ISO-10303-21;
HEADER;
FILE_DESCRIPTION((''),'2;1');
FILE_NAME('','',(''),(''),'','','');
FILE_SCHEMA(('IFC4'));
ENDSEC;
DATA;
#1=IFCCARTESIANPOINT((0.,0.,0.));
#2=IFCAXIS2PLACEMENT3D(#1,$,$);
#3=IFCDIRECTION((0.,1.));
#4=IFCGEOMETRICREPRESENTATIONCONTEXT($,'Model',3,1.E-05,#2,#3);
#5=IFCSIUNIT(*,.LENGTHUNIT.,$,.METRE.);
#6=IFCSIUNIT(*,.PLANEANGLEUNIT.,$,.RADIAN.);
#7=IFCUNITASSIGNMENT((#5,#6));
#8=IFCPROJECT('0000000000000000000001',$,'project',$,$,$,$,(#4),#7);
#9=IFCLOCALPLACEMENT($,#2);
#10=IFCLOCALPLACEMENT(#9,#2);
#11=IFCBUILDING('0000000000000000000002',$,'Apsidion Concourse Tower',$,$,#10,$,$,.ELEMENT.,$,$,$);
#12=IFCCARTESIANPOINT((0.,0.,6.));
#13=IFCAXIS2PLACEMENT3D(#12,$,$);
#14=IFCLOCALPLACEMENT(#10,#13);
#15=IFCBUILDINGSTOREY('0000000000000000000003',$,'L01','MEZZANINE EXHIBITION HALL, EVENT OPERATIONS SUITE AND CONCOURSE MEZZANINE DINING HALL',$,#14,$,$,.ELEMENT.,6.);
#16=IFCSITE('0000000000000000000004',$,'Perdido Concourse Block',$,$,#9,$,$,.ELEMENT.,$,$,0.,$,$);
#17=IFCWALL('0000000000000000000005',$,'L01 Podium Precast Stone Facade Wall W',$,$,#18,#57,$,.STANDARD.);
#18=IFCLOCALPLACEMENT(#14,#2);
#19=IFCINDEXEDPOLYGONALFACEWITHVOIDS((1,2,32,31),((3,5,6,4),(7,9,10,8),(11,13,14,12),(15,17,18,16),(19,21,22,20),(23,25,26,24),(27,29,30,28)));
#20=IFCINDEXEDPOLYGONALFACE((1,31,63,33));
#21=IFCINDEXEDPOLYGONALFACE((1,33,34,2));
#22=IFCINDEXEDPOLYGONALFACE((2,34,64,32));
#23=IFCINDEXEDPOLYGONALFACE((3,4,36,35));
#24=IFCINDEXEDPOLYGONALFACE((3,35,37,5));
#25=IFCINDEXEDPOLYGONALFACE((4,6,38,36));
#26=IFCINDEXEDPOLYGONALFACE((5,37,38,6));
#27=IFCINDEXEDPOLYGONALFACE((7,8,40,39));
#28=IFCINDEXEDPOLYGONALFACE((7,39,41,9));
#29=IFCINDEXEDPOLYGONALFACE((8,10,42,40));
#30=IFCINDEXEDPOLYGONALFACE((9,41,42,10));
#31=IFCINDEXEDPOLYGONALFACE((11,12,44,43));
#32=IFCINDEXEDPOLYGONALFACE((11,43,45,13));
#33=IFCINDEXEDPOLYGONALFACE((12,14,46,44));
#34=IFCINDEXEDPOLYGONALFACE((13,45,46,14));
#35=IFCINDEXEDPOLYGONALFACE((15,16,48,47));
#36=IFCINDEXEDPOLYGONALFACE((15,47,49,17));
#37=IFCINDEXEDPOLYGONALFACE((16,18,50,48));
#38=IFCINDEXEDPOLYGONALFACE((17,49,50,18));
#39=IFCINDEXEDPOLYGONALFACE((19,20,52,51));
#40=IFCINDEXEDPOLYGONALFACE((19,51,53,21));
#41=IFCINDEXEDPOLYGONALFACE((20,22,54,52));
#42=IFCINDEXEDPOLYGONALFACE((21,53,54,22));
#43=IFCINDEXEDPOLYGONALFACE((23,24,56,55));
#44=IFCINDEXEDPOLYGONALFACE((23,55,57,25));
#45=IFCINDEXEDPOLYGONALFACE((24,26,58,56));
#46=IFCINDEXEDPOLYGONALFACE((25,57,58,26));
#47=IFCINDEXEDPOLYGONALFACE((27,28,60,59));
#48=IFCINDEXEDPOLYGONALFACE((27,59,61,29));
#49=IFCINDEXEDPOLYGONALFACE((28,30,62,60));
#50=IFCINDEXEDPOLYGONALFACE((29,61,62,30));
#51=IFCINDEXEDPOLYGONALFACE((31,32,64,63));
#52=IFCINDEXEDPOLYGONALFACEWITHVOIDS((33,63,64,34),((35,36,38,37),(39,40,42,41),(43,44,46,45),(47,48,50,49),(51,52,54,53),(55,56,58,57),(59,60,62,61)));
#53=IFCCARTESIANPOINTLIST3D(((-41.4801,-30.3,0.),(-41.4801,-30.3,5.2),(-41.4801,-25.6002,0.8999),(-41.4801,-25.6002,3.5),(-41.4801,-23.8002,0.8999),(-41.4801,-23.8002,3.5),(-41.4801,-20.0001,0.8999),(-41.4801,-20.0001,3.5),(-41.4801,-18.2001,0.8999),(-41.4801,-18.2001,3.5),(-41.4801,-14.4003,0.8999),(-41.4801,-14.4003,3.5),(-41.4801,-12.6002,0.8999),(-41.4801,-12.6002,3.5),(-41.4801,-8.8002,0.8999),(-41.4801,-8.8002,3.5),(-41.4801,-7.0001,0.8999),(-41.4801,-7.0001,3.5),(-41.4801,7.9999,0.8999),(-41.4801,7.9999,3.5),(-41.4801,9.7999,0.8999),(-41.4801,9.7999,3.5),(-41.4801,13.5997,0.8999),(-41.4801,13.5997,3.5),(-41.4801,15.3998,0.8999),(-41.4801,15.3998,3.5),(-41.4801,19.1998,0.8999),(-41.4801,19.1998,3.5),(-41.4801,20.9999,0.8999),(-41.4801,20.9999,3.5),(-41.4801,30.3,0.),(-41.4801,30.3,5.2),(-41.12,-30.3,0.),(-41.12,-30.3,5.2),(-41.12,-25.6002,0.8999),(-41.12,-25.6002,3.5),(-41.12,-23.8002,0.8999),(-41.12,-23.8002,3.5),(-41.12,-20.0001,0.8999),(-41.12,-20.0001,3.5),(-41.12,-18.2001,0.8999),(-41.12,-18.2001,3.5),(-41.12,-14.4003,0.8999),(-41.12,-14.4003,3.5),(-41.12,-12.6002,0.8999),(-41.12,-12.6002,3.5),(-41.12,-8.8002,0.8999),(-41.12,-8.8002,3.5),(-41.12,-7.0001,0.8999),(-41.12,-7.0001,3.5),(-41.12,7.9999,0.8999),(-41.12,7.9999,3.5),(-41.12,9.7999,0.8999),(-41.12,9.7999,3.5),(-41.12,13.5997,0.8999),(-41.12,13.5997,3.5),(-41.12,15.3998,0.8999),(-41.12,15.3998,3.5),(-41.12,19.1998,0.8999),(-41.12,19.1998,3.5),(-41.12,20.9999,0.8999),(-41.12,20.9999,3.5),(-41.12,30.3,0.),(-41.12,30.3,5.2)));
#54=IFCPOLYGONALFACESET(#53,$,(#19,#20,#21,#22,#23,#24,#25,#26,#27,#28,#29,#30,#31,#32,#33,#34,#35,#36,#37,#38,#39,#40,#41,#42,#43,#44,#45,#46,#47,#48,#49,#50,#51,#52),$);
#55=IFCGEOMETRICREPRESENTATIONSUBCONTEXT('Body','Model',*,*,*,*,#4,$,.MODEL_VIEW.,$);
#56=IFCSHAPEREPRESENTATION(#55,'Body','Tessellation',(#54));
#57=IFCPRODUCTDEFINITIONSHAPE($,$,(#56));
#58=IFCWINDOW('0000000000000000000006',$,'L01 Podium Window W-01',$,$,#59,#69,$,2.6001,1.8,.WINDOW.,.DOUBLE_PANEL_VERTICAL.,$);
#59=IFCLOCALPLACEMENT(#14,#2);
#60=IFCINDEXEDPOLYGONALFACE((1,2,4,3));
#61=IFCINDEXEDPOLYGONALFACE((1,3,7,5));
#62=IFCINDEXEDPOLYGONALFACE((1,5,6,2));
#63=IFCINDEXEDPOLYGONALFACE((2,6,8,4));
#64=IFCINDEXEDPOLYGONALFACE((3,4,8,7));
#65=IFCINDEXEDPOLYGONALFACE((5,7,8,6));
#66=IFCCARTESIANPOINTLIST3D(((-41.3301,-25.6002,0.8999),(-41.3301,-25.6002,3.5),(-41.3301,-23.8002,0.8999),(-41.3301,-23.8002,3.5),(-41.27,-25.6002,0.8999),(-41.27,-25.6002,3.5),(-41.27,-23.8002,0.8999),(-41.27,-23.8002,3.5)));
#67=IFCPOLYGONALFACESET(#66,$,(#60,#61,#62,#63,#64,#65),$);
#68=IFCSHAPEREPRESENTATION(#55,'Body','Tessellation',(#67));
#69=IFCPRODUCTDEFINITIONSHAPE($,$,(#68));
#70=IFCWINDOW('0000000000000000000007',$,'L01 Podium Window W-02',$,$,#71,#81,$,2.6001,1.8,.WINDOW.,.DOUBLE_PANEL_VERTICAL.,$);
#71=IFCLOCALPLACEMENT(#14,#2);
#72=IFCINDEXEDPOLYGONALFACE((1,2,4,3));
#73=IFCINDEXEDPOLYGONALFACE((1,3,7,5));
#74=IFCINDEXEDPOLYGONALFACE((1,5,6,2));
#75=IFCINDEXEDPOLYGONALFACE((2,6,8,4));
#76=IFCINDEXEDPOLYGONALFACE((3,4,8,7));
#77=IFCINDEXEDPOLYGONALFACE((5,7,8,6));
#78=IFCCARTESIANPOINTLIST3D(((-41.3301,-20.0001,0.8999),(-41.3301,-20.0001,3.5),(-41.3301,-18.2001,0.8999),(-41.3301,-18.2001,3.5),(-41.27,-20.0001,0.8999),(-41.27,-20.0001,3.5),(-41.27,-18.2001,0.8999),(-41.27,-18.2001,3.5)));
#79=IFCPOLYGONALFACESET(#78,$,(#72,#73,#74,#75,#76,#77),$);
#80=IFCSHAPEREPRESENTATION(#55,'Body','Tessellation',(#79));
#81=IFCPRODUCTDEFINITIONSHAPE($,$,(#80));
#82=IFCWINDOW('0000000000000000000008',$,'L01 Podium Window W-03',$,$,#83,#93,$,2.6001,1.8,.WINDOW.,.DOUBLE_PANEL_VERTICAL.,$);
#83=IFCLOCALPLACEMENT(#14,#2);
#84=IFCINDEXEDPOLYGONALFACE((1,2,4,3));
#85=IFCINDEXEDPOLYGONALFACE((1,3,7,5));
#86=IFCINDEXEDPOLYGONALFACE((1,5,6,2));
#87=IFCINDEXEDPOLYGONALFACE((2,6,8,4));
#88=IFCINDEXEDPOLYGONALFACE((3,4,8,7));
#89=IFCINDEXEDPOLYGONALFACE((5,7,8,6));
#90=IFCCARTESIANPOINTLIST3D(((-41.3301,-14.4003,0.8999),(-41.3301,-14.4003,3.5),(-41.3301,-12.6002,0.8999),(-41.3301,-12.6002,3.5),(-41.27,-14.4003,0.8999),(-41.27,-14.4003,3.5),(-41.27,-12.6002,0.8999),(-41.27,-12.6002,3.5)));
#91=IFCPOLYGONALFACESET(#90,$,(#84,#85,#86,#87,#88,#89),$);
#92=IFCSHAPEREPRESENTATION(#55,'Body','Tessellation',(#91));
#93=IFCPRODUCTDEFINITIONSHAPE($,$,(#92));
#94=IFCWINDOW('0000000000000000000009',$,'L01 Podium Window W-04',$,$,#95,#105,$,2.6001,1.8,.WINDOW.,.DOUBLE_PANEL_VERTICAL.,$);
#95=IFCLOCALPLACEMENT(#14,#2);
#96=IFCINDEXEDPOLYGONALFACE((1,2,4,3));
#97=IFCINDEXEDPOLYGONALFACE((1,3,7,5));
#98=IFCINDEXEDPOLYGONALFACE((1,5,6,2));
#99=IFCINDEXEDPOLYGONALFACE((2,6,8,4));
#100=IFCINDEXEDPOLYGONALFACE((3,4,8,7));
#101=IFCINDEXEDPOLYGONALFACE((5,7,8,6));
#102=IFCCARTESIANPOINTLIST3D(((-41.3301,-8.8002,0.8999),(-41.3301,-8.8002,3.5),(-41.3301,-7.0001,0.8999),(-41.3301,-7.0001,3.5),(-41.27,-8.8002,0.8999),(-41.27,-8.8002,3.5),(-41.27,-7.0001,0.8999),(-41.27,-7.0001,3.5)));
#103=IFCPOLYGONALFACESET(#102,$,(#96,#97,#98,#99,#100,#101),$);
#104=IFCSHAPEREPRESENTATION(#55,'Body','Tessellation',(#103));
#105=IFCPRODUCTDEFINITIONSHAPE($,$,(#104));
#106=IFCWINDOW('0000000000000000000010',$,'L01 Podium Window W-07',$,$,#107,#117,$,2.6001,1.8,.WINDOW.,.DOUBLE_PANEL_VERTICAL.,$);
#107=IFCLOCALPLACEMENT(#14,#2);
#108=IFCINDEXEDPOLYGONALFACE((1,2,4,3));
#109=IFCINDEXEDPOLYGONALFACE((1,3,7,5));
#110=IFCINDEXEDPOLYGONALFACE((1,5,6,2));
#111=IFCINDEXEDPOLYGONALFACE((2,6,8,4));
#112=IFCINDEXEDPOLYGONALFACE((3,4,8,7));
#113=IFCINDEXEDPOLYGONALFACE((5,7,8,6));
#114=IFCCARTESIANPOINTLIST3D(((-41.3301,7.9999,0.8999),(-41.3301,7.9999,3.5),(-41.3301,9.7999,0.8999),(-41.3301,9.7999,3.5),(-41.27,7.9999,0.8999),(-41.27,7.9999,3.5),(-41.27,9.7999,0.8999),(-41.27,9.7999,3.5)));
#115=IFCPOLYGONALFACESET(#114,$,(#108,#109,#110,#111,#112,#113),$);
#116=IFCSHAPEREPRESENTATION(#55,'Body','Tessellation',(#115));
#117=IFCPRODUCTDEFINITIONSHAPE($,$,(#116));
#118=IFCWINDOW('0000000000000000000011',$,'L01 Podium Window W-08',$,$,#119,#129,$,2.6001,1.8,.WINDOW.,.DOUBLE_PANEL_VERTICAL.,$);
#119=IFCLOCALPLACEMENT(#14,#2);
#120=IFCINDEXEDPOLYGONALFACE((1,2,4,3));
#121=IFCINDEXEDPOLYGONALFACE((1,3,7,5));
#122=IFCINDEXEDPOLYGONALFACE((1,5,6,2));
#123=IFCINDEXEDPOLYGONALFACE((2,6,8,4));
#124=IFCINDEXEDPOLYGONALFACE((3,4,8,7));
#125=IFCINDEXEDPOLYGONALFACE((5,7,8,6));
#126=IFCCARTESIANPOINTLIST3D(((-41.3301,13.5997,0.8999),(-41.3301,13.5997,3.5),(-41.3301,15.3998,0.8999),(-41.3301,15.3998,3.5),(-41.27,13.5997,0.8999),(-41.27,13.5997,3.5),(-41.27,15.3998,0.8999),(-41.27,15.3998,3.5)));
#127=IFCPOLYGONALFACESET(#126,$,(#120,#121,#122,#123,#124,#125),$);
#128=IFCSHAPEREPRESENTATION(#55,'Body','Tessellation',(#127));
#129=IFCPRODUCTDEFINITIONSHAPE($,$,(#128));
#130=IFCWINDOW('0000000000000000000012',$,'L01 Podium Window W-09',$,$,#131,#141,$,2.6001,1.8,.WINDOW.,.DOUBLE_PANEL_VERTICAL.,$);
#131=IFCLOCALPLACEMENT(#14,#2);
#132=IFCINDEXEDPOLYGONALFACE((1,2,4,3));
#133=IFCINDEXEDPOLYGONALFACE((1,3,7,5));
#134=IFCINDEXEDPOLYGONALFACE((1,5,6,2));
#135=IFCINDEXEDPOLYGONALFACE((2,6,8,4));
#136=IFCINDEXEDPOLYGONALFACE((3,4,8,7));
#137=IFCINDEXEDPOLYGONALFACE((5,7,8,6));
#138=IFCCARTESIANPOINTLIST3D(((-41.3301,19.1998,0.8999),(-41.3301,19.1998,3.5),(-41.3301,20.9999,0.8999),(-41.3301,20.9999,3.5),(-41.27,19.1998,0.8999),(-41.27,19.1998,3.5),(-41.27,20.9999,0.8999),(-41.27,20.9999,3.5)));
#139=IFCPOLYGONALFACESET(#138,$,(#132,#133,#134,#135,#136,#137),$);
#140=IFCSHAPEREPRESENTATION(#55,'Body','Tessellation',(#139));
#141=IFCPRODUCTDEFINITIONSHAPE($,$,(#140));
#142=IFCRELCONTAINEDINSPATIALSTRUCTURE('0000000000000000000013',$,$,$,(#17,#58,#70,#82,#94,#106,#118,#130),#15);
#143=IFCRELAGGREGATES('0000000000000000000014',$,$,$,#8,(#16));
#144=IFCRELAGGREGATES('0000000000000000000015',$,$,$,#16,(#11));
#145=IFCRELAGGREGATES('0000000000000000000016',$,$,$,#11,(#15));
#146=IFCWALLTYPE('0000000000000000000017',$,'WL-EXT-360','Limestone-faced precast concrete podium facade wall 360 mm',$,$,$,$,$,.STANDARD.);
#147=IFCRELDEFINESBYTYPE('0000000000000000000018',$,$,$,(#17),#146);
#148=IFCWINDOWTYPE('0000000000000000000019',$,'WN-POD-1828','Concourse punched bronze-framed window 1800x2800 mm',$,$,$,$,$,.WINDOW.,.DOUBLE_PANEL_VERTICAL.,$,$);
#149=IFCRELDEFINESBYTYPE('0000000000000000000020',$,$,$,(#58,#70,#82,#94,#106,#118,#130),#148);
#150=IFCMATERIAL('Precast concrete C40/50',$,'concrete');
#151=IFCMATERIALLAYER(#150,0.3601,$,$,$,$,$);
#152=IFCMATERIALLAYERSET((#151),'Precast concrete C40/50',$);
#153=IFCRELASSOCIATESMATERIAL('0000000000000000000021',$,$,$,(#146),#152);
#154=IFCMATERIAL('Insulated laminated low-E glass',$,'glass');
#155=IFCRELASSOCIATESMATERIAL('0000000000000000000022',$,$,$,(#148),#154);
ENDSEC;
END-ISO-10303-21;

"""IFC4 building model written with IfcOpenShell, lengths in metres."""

from ifc_helpers import new_model, si_unit, direction, frame, frame_2d, origin, place, context, subcontext, project, spatial, rectangle, extrude, material, layer, layer_set, type_object, element, fill, save


model = new_model("IFC4")

# Units and contexts
model_context = context("Model", 3, precision=1e-05, world=origin(), true_north=direction((0.0, 1.0)))
body_context = subcontext(model_context, "Body", "Model", "MODEL_VIEW")
ifc_project = project(units=[si_unit("LENGTHUNIT", "METRE"), si_unit("PLANEANGLEUNIT", "RADIAN")], contexts=[model_context])

# Site, building, storey
site_placement = place(None, origin())
site = spatial("IfcSite", under=ifc_project, at=site_placement, Name="Perdido Concourse Block", CompositionType="ELEMENT", RefElevation=0.0)
building_placement = place(site_placement, origin())
building = spatial("IfcBuilding", under=site, at=building_placement, Name="Apsidion Concourse Tower", CompositionType="ELEMENT")
storey_placement = place(building_placement, frame((0.0, 0.0, 6.0)))
storey = spatial("IfcBuildingStorey", under=building, at=storey_placement, Name="L01", Description="MEZZANINE EXHIBITION HALL, EVENT OPERATIONS SUITE AND CONCOURSE MEZZANINE DINING HALL", CompositionType="ELEMENT", Elevation=6.0)

# Shared definitions
ifc_material_1 = material(Name="Precast concrete C40/50", Category="concrete")

# Wall, openings, windows
ifc_layer_1 = layer(ifc_material_1, 0.3601)
ifc_layer_set_1 = layer_set([ifc_layer_1], Name="Precast concrete C40/50")
wall_type_1 = type_object("IfcWallType", Name="WL-EXT-360", Description="Limestone-faced precast concrete podium facade wall 360 mm", PredefinedType="STANDARD", material=ifc_layer_set_1)
wall_1_placement = place(storey_placement, frame((-41.3, -30.3, 0.0), z_axis=(0.0, 0.0, 1.0), x_axis=(0.0, 1.0, 0.0)))
wall_1 = element("IfcWall", 1, at=wall_1_placement, inside=storey, type_object=wall_type_1, Name="L01 Podium Precast Stone Facade Wall W", PredefinedType="STANDARD", context=body_context, shape_type="SweptSolid", body=[
    extrude(rectangle(XDim=60.6001, YDim=0.3601, at=frame_2d((30.3, 0.0))), origin(), (0.0, 0.0, 1.0), 5.2),
])
opening_1_placement = place(wall_1_placement, frame((4.7, 0.0, 0.8999)))
opening_1 = element("IfcOpeningElement", 2, at=opening_1_placement, cuts=wall_1, PredefinedType="OPENING", context=body_context, shape_type="SweptSolid", body=[
    extrude(rectangle(XDim=1.8, YDim=2.6001, at=frame_2d((0.8999, 1.3))), frame((0.0, 0.1899, 0.0), z_axis=(0.0, -1.0, 0.0), x_axis=(1.0, 0.0, 0.0)), (0.0, 0.0, 1.0), 0.3801),
])
opening_2_placement = place(wall_1_placement, frame((10.3, 0.0, 0.8999)))
opening_2 = element("IfcOpeningElement", 3, at=opening_2_placement, cuts=wall_1, PredefinedType="OPENING", context=body_context, shape_type="SweptSolid", body=[
    extrude(rectangle(XDim=1.8, YDim=2.6001, at=frame_2d((0.8999, 1.3))), frame((0.0, 0.1899, 0.0), z_axis=(0.0, -1.0, 0.0), x_axis=(1.0, 0.0, 0.0)), (0.0, 0.0, 1.0), 0.3801),
])
opening_3_placement = place(wall_1_placement, frame((15.8999, 0.0, 0.8999)))
opening_3 = element("IfcOpeningElement", 4, at=opening_3_placement, cuts=wall_1, PredefinedType="OPENING", context=body_context, shape_type="SweptSolid", body=[
    extrude(rectangle(XDim=1.8, YDim=2.6001, at=frame_2d((0.8999, 1.3))), frame((0.0, 0.1899, 0.0), z_axis=(0.0, -1.0, 0.0), x_axis=(1.0, 0.0, 0.0)), (0.0, 0.0, 1.0), 0.3801),
])
opening_4_placement = place(wall_1_placement, frame((21.5, 0.0, 0.8999)))
opening_4 = element("IfcOpeningElement", 5, at=opening_4_placement, cuts=wall_1, PredefinedType="OPENING", context=body_context, shape_type="SweptSolid", body=[
    extrude(rectangle(XDim=1.8, YDim=2.6001, at=frame_2d((0.8999, 1.3))), frame((0.0, 0.1899, 0.0), z_axis=(0.0, -1.0, 0.0), x_axis=(1.0, 0.0, 0.0)), (0.0, 0.0, 1.0), 0.3801),
])
opening_5_placement = place(wall_1_placement, frame((38.3, 0.0, 0.8999)))
opening_5 = element("IfcOpeningElement", 6, at=opening_5_placement, cuts=wall_1, PredefinedType="OPENING", context=body_context, shape_type="SweptSolid", body=[
    extrude(rectangle(XDim=1.8, YDim=2.6001, at=frame_2d((0.8999, 1.3))), frame((0.0, 0.1899, 0.0), z_axis=(0.0, -1.0, 0.0), x_axis=(1.0, 0.0, 0.0)), (0.0, 0.0, 1.0), 0.3801),
])
opening_6_placement = place(wall_1_placement, frame((43.8999, 0.0, 0.8999)))
opening_6 = element("IfcOpeningElement", 7, at=opening_6_placement, cuts=wall_1, PredefinedType="OPENING", context=body_context, shape_type="SweptSolid", body=[
    extrude(rectangle(XDim=1.8, YDim=2.6001, at=frame_2d((0.8999, 1.3))), frame((0.0, 0.1899, 0.0), z_axis=(0.0, -1.0, 0.0), x_axis=(1.0, 0.0, 0.0)), (0.0, 0.0, 1.0), 0.3801),
])
opening_7_placement = place(wall_1_placement, frame((49.5, 0.0, 0.8999)))
opening_7 = element("IfcOpeningElement", 8, at=opening_7_placement, cuts=wall_1, PredefinedType="OPENING", context=body_context, shape_type="SweptSolid", body=[
    extrude(rectangle(XDim=1.8, YDim=2.6001, at=frame_2d((0.8999, 1.3))), frame((0.0, 0.1899, 0.0), z_axis=(0.0, -1.0, 0.0), x_axis=(1.0, 0.0, 0.0)), (0.0, 0.0, 1.0), 0.3801),
])
ifc_material_2 = material(Name="Insulated laminated low-E glass", Category="glass")
window_type = type_object("IfcWindowType", Name="WN-POD-1828", Description="Concourse punched bronze-framed window 1800x2800 mm", PartitioningType="DOUBLE_PANEL_VERTICAL", PredefinedType="WINDOW", material=ifc_material_2)
window_1_placement = place(opening_1_placement, origin())
window_1 = element("IfcWindow", 9, at=window_1_placement, inside=storey, type_object=window_type, Name="L01 Podium Window W-01", OverallHeight=2.6001, OverallWidth=1.8, PartitioningType="DOUBLE_PANEL_VERTICAL", PredefinedType="WINDOW", context=body_context, shape_type="SweptSolid", body=[
    extrude(rectangle(XDim=1.8, YDim=2.6001, at=frame_2d((0.8999, 1.3))), frame((0.0, 0.03, 0.0), z_axis=(0.0, -1.0, 0.0), x_axis=(1.0, 0.0, 0.0)), (0.0, 0.0, 1.0), 0.0601),
])
fill(opening_1, window_1)
window_2_placement = place(opening_2_placement, origin())
window_2 = element("IfcWindow", 10, at=window_2_placement, inside=storey, type_object=window_type, Name="L01 Podium Window W-02", OverallHeight=2.6001, OverallWidth=1.8, PartitioningType="DOUBLE_PANEL_VERTICAL", PredefinedType="WINDOW", context=body_context, shape_type="SweptSolid", body=[
    extrude(rectangle(XDim=1.8, YDim=2.6001, at=frame_2d((0.8999, 1.3))), frame((0.0, 0.03, 0.0), z_axis=(0.0, -1.0, 0.0), x_axis=(1.0, 0.0, 0.0)), (0.0, 0.0, 1.0), 0.0601),
])
fill(opening_2, window_2)
window_3_placement = place(opening_3_placement, origin())
window_3 = element("IfcWindow", 11, at=window_3_placement, inside=storey, type_object=window_type, Name="L01 Podium Window W-03", OverallHeight=2.6001, OverallWidth=1.8, PartitioningType="DOUBLE_PANEL_VERTICAL", PredefinedType="WINDOW", context=body_context, shape_type="SweptSolid", body=[
    extrude(rectangle(XDim=1.8, YDim=2.6001, at=frame_2d((0.8999, 1.3))), frame((0.0, 0.03, 0.0), z_axis=(0.0, -1.0, 0.0), x_axis=(1.0, 0.0, 0.0)), (0.0, 0.0, 1.0), 0.0601),
])
fill(opening_3, window_3)
window_4_placement = place(opening_4_placement, origin())
window_4 = element("IfcWindow", 12, at=window_4_placement, inside=storey, type_object=window_type, Name="L01 Podium Window W-04", OverallHeight=2.6001, OverallWidth=1.8, PartitioningType="DOUBLE_PANEL_VERTICAL", PredefinedType="WINDOW", context=body_context, shape_type="SweptSolid", body=[
    extrude(rectangle(XDim=1.8, YDim=2.6001, at=frame_2d((0.8999, 1.3))), frame((0.0, 0.03, 0.0), z_axis=(0.0, -1.0, 0.0), x_axis=(1.0, 0.0, 0.0)), (0.0, 0.0, 1.0), 0.0601),
])
fill(opening_4, window_4)
window_5_placement = place(opening_5_placement, origin())
window_5 = element("IfcWindow", 13, at=window_5_placement, inside=storey, type_object=window_type, Name="L01 Podium Window W-07", OverallHeight=2.6001, OverallWidth=1.8, PartitioningType="DOUBLE_PANEL_VERTICAL", PredefinedType="WINDOW", context=body_context, shape_type="SweptSolid", body=[
    extrude(rectangle(XDim=1.8, YDim=2.6001, at=frame_2d((0.8999, 1.3))), frame((0.0, 0.03, 0.0), z_axis=(0.0, -1.0, 0.0), x_axis=(1.0, 0.0, 0.0)), (0.0, 0.0, 1.0), 0.0601),
])
fill(opening_5, window_5)
window_6_placement = place(opening_6_placement, origin())
window_6 = element("IfcWindow", 14, at=window_6_placement, inside=storey, type_object=window_type, Name="L01 Podium Window W-08", OverallHeight=2.6001, OverallWidth=1.8, PartitioningType="DOUBLE_PANEL_VERTICAL", PredefinedType="WINDOW", context=body_context, shape_type="SweptSolid", body=[
    extrude(rectangle(XDim=1.8, YDim=2.6001, at=frame_2d((0.8999, 1.3))), frame((0.0, 0.03, 0.0), z_axis=(0.0, -1.0, 0.0), x_axis=(1.0, 0.0, 0.0)), (0.0, 0.0, 1.0), 0.0601),
])
fill(opening_6, window_6)
window_7_placement = place(opening_7_placement, origin())
window_7 = element("IfcWindow", 15, at=window_7_placement, inside=storey, type_object=window_type, Name="L01 Podium Window W-09", OverallHeight=2.6001, OverallWidth=1.8, PartitioningType="DOUBLE_PANEL_VERTICAL", PredefinedType="WINDOW", context=body_context, shape_type="SweptSolid", body=[
    extrude(rectangle(XDim=1.8, YDim=2.6001, at=frame_2d((0.8999, 1.3))), frame((0.0, 0.03, 0.0), z_axis=(0.0, -1.0, 0.0), x_axis=(1.0, 0.0, 0.0)), (0.0, 0.0, 1.0), 0.0601),
])
fill(opening_7, window_7)

save(model, "model.ifc")
